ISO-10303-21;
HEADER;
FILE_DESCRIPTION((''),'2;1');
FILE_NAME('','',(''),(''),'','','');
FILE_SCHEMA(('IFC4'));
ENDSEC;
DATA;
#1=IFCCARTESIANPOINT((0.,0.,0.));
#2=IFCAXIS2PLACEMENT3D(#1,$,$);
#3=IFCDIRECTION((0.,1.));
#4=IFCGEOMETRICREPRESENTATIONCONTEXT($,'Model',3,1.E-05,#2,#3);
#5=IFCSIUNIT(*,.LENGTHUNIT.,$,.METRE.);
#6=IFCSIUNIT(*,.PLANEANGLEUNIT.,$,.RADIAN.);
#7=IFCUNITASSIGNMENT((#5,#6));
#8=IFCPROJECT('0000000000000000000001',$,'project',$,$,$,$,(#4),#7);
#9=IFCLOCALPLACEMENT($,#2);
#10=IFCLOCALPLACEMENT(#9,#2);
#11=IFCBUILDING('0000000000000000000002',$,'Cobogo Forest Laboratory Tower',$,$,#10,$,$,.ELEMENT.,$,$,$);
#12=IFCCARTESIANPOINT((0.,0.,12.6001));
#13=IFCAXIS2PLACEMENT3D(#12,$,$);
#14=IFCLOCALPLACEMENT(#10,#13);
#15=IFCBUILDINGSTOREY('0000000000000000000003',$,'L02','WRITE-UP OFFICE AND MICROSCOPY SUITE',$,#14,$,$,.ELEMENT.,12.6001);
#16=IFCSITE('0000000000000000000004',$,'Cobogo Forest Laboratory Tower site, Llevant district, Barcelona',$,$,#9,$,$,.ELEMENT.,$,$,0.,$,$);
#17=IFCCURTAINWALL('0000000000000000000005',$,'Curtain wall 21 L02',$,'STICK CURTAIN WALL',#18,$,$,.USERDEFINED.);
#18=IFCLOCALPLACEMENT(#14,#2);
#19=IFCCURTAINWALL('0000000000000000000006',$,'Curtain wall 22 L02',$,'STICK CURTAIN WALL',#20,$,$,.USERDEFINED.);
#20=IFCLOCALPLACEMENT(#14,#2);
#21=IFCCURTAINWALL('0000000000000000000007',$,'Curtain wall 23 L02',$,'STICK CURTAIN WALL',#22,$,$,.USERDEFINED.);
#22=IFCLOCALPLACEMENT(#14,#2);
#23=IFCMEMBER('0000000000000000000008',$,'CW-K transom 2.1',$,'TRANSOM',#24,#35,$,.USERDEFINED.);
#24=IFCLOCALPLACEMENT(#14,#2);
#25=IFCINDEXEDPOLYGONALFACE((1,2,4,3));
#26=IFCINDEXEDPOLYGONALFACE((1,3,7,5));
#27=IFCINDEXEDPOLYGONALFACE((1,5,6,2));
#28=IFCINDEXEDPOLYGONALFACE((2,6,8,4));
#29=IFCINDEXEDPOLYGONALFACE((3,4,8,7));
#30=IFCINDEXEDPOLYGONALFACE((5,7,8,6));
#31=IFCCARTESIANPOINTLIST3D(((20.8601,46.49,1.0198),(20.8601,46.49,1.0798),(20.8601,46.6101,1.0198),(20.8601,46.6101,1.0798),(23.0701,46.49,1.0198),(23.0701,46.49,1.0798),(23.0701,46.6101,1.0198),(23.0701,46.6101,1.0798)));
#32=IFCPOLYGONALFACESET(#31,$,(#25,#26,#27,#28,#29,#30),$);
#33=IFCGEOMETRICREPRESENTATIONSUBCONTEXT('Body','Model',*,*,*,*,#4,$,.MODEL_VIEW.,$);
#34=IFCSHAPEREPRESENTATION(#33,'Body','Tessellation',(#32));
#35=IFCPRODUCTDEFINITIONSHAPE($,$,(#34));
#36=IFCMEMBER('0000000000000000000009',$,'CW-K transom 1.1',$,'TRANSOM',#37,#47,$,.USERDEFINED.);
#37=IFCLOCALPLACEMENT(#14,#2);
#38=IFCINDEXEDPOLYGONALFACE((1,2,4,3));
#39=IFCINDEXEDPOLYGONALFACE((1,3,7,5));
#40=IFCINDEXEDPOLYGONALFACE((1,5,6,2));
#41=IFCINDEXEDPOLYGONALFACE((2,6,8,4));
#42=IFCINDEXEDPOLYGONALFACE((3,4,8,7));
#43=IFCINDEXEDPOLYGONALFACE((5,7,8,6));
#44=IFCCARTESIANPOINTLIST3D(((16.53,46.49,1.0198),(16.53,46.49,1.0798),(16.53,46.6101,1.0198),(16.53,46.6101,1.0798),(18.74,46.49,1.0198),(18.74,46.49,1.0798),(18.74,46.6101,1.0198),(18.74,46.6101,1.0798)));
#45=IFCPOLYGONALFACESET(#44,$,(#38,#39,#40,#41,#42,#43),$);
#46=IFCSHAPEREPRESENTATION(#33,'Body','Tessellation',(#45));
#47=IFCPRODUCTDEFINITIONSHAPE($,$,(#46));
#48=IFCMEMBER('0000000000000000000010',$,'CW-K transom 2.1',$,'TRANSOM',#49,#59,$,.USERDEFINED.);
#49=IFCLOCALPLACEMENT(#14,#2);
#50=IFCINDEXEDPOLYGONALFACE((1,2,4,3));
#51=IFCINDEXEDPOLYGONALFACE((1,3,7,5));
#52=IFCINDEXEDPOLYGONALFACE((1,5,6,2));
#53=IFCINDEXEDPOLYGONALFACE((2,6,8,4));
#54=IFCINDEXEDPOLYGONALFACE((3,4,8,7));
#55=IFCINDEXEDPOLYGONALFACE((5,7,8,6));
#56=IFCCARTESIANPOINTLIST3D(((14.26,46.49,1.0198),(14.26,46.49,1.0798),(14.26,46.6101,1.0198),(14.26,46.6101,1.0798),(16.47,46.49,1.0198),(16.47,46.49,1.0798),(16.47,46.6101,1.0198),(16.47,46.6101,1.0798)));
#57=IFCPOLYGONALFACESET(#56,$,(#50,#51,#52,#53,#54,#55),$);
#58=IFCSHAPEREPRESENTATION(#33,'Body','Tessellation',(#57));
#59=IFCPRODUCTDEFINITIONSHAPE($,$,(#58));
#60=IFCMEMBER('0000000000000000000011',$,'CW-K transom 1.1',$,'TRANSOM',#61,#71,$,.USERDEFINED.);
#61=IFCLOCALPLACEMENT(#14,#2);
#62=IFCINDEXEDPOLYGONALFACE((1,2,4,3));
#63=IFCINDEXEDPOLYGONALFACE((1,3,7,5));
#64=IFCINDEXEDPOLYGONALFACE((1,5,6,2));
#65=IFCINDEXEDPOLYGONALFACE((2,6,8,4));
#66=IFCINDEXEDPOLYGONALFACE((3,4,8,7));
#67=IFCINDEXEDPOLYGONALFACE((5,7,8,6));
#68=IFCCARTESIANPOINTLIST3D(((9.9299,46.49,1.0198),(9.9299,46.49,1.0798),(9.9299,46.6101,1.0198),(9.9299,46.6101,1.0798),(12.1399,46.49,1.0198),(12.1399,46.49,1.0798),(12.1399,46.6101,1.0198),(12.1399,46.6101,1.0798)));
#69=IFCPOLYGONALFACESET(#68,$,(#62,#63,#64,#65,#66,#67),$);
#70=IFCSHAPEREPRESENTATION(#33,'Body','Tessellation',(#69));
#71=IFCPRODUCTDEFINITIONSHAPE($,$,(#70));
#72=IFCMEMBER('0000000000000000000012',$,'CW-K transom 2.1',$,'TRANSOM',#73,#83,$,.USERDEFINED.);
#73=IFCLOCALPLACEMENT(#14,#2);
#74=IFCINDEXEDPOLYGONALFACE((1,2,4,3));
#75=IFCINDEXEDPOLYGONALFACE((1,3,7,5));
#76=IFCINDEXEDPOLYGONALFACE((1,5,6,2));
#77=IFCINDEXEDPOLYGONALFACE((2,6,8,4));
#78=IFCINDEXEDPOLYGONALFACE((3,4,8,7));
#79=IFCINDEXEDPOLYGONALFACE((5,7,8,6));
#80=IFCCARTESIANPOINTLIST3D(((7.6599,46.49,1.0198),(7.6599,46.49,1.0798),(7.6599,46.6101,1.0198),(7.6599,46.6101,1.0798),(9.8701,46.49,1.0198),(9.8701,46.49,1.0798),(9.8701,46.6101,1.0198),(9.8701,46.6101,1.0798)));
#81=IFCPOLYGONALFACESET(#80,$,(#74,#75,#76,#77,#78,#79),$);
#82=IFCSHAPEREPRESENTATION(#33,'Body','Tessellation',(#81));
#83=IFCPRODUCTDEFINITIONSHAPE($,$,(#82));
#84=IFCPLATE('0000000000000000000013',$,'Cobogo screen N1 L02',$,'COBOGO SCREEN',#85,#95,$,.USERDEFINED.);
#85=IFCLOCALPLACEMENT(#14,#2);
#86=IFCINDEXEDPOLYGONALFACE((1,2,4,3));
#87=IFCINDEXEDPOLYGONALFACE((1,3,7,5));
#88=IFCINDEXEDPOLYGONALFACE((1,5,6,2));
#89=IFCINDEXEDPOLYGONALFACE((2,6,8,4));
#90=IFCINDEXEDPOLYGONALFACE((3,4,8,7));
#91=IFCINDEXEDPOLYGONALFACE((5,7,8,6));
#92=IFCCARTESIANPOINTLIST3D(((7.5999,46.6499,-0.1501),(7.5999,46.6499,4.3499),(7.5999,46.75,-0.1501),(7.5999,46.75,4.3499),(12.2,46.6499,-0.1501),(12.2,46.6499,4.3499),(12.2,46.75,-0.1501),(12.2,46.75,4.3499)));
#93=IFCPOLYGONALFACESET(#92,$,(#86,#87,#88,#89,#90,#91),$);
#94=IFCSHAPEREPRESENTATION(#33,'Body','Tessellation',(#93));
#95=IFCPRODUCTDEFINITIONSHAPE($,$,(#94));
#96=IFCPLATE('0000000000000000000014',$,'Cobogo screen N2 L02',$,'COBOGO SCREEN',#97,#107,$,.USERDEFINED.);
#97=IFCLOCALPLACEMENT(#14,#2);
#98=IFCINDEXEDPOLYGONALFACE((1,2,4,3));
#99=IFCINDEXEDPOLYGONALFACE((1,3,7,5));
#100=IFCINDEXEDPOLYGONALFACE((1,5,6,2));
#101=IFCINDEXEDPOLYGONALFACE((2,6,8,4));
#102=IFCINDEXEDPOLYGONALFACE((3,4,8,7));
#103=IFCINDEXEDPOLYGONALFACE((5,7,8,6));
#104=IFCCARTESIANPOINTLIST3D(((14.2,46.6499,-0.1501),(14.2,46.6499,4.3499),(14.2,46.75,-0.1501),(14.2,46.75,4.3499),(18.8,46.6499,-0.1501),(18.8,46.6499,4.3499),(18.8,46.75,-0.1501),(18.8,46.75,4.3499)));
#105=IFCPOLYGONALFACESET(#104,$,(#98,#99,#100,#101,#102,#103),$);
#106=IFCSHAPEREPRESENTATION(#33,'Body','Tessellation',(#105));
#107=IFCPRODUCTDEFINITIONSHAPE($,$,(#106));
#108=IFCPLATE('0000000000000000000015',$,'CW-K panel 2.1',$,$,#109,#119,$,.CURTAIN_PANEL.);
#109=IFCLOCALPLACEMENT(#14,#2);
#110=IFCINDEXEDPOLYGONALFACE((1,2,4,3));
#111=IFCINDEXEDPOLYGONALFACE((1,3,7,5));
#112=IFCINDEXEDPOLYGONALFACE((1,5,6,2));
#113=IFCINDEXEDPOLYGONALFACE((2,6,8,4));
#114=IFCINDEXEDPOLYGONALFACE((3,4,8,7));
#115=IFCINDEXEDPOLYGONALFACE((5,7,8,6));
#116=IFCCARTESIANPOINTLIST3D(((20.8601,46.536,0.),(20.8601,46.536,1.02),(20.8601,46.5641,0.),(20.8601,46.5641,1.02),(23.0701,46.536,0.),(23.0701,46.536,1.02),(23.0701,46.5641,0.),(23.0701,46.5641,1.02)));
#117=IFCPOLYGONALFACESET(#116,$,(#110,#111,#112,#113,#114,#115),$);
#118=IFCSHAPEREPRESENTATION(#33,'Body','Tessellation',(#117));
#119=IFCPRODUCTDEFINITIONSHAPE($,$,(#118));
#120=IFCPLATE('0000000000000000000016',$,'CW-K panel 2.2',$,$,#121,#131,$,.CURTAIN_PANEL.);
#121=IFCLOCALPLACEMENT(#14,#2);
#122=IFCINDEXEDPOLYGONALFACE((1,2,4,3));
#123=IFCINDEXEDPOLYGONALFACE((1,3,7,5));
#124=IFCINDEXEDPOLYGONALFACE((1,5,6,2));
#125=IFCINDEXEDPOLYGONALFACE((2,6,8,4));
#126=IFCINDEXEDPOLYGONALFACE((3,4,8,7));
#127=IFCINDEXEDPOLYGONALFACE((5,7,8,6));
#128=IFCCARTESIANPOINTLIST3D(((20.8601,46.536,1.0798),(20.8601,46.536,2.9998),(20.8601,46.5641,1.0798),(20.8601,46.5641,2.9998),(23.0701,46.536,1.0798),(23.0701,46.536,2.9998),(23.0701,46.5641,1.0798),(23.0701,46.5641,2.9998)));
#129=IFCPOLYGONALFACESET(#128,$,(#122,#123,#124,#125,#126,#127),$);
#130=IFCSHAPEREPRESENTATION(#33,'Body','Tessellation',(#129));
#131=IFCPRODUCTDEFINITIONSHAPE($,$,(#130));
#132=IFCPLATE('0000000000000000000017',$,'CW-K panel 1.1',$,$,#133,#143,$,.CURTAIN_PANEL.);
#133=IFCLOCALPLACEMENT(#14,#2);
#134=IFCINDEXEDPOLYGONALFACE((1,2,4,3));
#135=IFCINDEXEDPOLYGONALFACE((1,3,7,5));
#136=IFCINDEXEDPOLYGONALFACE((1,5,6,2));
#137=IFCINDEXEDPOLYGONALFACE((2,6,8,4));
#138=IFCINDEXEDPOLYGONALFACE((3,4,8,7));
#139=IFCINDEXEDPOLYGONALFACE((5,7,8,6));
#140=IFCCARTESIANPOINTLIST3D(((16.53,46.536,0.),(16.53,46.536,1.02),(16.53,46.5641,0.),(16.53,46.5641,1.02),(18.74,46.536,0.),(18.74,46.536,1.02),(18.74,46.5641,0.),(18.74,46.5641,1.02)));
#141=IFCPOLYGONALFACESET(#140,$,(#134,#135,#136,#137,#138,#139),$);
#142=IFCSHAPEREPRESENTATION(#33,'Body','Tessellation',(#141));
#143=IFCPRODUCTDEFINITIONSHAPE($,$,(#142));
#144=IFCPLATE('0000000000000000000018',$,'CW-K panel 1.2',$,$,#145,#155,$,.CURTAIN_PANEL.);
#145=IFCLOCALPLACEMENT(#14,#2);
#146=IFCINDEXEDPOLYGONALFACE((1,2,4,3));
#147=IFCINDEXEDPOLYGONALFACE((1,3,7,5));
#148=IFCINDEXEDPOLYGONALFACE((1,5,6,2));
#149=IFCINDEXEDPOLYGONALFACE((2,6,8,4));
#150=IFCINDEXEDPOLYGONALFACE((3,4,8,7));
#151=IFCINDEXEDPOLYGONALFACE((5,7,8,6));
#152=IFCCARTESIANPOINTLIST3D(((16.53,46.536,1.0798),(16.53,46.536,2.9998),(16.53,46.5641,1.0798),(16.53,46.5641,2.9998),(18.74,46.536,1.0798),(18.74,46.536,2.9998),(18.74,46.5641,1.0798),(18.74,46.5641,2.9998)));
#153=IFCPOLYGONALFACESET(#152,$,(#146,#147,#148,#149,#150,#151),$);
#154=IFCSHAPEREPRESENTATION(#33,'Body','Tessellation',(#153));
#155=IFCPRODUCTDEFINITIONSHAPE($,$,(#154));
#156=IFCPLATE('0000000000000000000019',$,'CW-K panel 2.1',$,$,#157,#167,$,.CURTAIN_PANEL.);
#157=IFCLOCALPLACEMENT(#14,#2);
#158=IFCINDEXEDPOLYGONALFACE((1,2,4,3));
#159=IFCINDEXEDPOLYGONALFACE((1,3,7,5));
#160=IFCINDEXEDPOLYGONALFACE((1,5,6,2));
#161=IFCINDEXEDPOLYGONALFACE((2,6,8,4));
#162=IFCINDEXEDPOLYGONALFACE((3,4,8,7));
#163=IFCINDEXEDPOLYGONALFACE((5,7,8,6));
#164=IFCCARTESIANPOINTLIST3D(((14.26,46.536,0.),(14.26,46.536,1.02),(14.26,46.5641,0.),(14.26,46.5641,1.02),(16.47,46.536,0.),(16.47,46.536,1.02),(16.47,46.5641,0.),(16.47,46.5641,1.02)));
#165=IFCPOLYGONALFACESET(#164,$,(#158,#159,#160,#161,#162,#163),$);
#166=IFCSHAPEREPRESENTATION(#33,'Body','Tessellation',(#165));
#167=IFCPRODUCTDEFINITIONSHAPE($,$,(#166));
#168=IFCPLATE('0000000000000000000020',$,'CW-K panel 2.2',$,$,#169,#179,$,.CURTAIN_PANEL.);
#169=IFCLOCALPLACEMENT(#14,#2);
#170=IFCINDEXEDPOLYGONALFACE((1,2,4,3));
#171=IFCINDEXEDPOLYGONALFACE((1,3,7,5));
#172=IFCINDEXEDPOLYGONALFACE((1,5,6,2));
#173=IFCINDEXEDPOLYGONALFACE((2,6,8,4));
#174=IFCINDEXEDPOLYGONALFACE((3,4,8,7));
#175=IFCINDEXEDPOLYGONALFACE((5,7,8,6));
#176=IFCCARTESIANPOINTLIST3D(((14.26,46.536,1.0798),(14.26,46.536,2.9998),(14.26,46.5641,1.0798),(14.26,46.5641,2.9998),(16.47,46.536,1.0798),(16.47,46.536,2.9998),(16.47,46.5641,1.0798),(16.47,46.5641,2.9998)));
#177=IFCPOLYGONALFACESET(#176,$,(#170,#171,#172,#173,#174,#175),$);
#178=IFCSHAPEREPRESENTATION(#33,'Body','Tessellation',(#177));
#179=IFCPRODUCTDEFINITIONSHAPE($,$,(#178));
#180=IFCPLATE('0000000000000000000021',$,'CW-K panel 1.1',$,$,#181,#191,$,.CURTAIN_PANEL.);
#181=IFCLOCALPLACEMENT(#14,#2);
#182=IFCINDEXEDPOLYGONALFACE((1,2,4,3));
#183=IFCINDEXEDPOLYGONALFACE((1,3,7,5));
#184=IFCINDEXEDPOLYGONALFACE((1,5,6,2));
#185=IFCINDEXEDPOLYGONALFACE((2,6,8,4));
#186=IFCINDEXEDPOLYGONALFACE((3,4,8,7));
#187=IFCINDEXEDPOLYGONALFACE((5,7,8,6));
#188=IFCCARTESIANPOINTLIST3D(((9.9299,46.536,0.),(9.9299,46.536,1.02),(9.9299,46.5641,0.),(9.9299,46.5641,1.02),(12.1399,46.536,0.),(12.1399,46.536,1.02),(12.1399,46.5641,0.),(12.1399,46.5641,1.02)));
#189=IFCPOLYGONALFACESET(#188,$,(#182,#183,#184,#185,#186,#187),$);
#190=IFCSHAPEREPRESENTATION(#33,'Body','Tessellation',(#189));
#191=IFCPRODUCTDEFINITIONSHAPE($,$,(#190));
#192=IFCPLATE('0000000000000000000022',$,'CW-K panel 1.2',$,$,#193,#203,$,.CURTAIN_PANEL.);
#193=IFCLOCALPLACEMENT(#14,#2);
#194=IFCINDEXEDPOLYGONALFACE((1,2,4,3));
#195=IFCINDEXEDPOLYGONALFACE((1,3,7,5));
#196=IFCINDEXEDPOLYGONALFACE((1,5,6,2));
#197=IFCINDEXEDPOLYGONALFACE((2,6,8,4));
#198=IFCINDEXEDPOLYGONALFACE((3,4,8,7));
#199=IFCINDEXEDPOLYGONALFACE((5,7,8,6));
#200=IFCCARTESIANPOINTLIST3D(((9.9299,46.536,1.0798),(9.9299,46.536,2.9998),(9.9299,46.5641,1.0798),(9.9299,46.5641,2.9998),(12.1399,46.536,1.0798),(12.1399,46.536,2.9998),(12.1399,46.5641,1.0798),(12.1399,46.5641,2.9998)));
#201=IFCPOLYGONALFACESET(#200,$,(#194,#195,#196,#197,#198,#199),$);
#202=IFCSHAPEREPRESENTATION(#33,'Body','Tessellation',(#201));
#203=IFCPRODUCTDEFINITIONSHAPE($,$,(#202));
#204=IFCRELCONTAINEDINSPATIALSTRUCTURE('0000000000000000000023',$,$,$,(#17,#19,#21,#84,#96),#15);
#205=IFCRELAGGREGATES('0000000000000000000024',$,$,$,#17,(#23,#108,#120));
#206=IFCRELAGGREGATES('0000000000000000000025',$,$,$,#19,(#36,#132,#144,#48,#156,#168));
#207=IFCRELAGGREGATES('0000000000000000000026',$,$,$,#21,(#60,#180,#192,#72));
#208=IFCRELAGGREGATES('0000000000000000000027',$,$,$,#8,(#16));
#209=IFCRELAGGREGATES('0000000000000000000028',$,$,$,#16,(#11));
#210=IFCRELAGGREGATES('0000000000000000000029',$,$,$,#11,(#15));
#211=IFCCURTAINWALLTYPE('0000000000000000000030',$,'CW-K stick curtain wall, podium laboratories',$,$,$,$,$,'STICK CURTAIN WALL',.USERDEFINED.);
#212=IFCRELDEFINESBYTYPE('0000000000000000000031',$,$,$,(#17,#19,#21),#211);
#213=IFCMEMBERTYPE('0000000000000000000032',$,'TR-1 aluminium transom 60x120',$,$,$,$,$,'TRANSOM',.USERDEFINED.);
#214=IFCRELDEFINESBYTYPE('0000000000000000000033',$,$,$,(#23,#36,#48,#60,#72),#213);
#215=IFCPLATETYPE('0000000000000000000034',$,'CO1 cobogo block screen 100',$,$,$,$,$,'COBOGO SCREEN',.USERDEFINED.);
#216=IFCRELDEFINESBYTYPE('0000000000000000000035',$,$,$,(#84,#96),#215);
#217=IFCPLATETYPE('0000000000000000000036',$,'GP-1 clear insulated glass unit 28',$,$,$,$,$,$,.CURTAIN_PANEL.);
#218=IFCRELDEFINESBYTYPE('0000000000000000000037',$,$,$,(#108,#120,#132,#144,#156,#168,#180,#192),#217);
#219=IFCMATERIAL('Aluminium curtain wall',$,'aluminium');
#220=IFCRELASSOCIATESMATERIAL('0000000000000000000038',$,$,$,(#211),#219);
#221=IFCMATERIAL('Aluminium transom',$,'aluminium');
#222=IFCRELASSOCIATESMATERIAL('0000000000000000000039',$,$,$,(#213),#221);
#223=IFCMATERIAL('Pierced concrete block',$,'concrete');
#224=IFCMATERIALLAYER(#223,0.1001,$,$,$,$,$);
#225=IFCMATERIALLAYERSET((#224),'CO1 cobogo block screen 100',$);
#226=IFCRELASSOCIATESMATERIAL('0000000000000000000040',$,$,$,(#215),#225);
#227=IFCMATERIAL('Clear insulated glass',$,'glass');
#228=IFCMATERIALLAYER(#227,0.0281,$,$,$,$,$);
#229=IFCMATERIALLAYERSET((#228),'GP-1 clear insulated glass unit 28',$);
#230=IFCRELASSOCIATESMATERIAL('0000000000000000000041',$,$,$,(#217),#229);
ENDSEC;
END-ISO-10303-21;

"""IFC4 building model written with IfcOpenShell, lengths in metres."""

from ifc_helpers import new_model, si_unit, direction, frame, origin, origin_2d, place, context, subcontext, project, spatial, rectangle, extrude, material, layer, layer_set, material_profile, profile_set, type_object, element, aggregate, save


model = new_model("IFC4")

# Units and contexts
model_context = context("Model", 3, precision=1e-05, world=origin(), true_north=direction((0.0, 1.0)))
body_context = subcontext(model_context, "Body", "Model", "MODEL_VIEW")
ifc_project = project(units=[si_unit("LENGTHUNIT", "METRE"), si_unit("PLANEANGLEUNIT", "RADIAN")], contexts=[model_context])

# Site, building, storey
site_placement = place(None, origin())
site = spatial("IfcSite", under=ifc_project, at=site_placement, Name="Cobogo Forest Laboratory Tower site, Llevant district, Barcelona", CompositionType="ELEMENT", RefElevation=0.0)
building_placement = place(site_placement, origin())
building = spatial("IfcBuilding", under=site, at=building_placement, Name="Cobogo Forest Laboratory Tower", CompositionType="ELEMENT")
storey_placement = place(building_placement, frame((0.0, 0.0, 12.6001)))
storey = spatial("IfcBuildingStorey", under=building, at=storey_placement, Name="L02", Description="WRITE-UP OFFICE AND MICROSCOPY SUITE", CompositionType="ELEMENT", Elevation=12.6001)

# Curtain walls
ifc_material_1 = material(Name="Aluminium curtain wall", Category="aluminium")
curtain_wall_type = type_object("IfcCurtainWallType", Name="CW-K stick curtain wall, podium laboratories", ElementType="STICK CURTAIN WALL", PredefinedType="USERDEFINED", material=ifc_material_1)
curtain_wall_1_placement = place(storey_placement, origin())
curtain_wall_1 = element("IfcCurtainWall", 1, at=curtain_wall_1_placement, inside=storey, type_object=curtain_wall_type, Name="Curtain wall 21 L02", ObjectType="STICK CURTAIN WALL", PredefinedType="USERDEFINED")
curtain_wall_2_placement = place(storey_placement, origin())
curtain_wall_2 = element("IfcCurtainWall", 2, at=curtain_wall_2_placement, inside=storey, type_object=curtain_wall_type, Name="Curtain wall 22 L02", ObjectType="STICK CURTAIN WALL", PredefinedType="USERDEFINED")
curtain_wall_3_placement = place(storey_placement, origin())
curtain_wall_3 = element("IfcCurtainWall", 3, at=curtain_wall_3_placement, inside=storey, type_object=curtain_wall_type, Name="Curtain wall 23 L02", ObjectType="STICK CURTAIN WALL", PredefinedType="USERDEFINED")

# Members
ifc_material_2 = material(Name="Aluminium transom", Category="aluminium")
ifc_material_profile_1 = material_profile(ifc_material_2, rectangle(XDim=0.1201, YDim=0.0601, at=origin_2d()), Name="AL 60x120")
ifc_profile_set_1 = profile_set([ifc_material_profile_1], Name="Aluminium transom")
member_type_1 = type_object("IfcMemberType", Name="TR-1 aluminium transom 60x120", ElementType="TRANSOM", PredefinedType="USERDEFINED", material=ifc_profile_set_1)
member_1_placement = place(storey_placement, frame((23.0701, 46.55, 1.0498), z_axis=(-1.0, 0.0, 0.0), x_axis=(0.0, -1.0, 0.0)))
member_1 = element("IfcMember", 4, at=member_1_placement, type_object=member_type_1, Name="CW-K transom 2.1", ObjectType="TRANSOM", PredefinedType="USERDEFINED", context=body_context, shape_type="SweptSolid", body=[
    extrude(rectangle(XDim=0.1201, YDim=0.0601, at=origin_2d()), origin(), (0.0, 0.0, 1.0), 2.21),
])
member_2_placement = place(storey_placement, frame((18.74, 46.55, 1.0498), z_axis=(-1.0, 0.0, 0.0), x_axis=(0.0, -1.0, 0.0)))
member_2 = element("IfcMember", 5, at=member_2_placement, type_object=member_type_1, Name="CW-K transom 1.1", ObjectType="TRANSOM", PredefinedType="USERDEFINED", context=body_context, shape_type="SweptSolid", body=[
    extrude(rectangle(XDim=0.1201, YDim=0.0601, at=origin_2d()), origin(), (0.0, 0.0, 1.0), 2.21),
])
member_3_placement = place(storey_placement, frame((16.47, 46.55, 1.0498), z_axis=(-1.0, 0.0, 0.0), x_axis=(0.0, -1.0, 0.0)))
member_3 = element("IfcMember", 6, at=member_3_placement, type_object=member_type_1, Name="CW-K transom 2.1", ObjectType="TRANSOM", PredefinedType="USERDEFINED", context=body_context, shape_type="SweptSolid", body=[
    extrude(rectangle(XDim=0.1201, YDim=0.0601, at=origin_2d()), origin(), (0.0, 0.0, 1.0), 2.21),
])
member_4_placement = place(storey_placement, frame((12.1399, 46.55, 1.0498), z_axis=(-1.0, 0.0, 0.0), x_axis=(0.0, -1.0, 0.0)))
member_4 = element("IfcMember", 7, at=member_4_placement, type_object=member_type_1, Name="CW-K transom 1.1", ObjectType="TRANSOM", PredefinedType="USERDEFINED", context=body_context, shape_type="SweptSolid", body=[
    extrude(rectangle(XDim=0.1201, YDim=0.0601, at=origin_2d()), origin(), (0.0, 0.0, 1.0), 2.21),
])
member_5_placement = place(storey_placement, frame((9.8701, 46.55, 1.0498), z_axis=(-1.0, 0.0, 0.0), x_axis=(0.0, -1.0, 0.0)))
member_5 = element("IfcMember", 8, at=member_5_placement, type_object=member_type_1, Name="CW-K transom 2.1", ObjectType="TRANSOM", PredefinedType="USERDEFINED", context=body_context, shape_type="SweptSolid", body=[
    extrude(rectangle(XDim=0.1201, YDim=0.0601, at=origin_2d()), origin(), (0.0, 0.0, 1.0), 2.2102),
])

# Plates
ifc_material_3 = material(Name="Pierced concrete block", Category="concrete")
ifc_layer_1 = layer(ifc_material_3, 0.1001)
ifc_layer_set_1 = layer_set([ifc_layer_1], Name="CO1 cobogo block screen 100")
plate_type_1 = type_object("IfcPlateType", Name="CO1 cobogo block screen 100", ElementType="COBOGO SCREEN", PredefinedType="USERDEFINED", material=ifc_layer_set_1)
for number, where, z_axis, x_axis, name in (
    (9, (9.8999, 46.7, -0.1501), (0.0, 0.0, 1.0), (1.0, 0.0, 0.0), "Cobogo screen N1 L02"),
    (10, (16.5, 46.7, -0.1501), (0.0, 0.0, 1.0), (1.0, 0.0, 0.0), "Cobogo screen N2 L02"),
):
    element("IfcPlate", number, at=place(storey_placement, frame(where, z_axis=z_axis, x_axis=x_axis)), inside=storey, type_object=plate_type_1, Name=name, ObjectType="COBOGO SCREEN", PredefinedType="USERDEFINED", context=body_context, shape_type="SweptSolid", body=[
        extrude(rectangle(XDim=4.6001, YDim=0.1001, at=origin_2d()), origin(), (0.0, 0.0, 1.0), 4.5),
    ])

# Plates
ifc_material_4 = material(Name="Clear insulated glass", Category="glass")
ifc_layer_2 = layer(ifc_material_4, 0.0281)
ifc_layer_set_2 = layer_set([ifc_layer_2], Name="GP-1 clear insulated glass unit 28")
plate_type_2 = type_object("IfcPlateType", Name="GP-1 clear insulated glass unit 28", PredefinedType="CURTAIN_PANEL", material=ifc_layer_set_2)
plate_1_placement = place(storey_placement, frame((21.9651, 46.55, 0.0), z_axis=(0.0, 0.0, 1.0), x_axis=(-1.0, 0.0, 0.0)))
plate_1 = element("IfcPlate", 11, at=plate_1_placement, type_object=plate_type_2, Name="CW-K panel 2.1", PredefinedType="CURTAIN_PANEL", context=body_context, shape_type="SweptSolid", body=[
    extrude(rectangle(XDim=2.21, YDim=0.0281, at=origin_2d()), origin(), (0.0, 0.0, 1.0), 1.02),
])
plate_2_placement = place(storey_placement, frame((21.9651, 46.55, 1.0798), z_axis=(0.0, 0.0, 1.0), x_axis=(-1.0, 0.0, 0.0)))
plate_2 = element("IfcPlate", 12, at=plate_2_placement, type_object=plate_type_2, Name="CW-K panel 2.2", PredefinedType="CURTAIN_PANEL", context=body_context, shape_type="SweptSolid", body=[
    extrude(rectangle(XDim=2.21, YDim=0.0281, at=origin_2d()), origin(), (0.0, 0.0, 1.0), 1.9199),
])
aggregate(curtain_wall_1, [member_1, plate_1, plate_2])
plate_3_placement = place(storey_placement, frame((17.635, 46.55, 0.0), z_axis=(0.0, 0.0, 1.0), x_axis=(-1.0, 0.0, 0.0)))
plate_3 = element("IfcPlate", 13, at=plate_3_placement, type_object=plate_type_2, Name="CW-K panel 1.1", PredefinedType="CURTAIN_PANEL", context=body_context, shape_type="SweptSolid", body=[
    extrude(rectangle(XDim=2.21, YDim=0.0281, at=origin_2d()), origin(), (0.0, 0.0, 1.0), 1.02),
])
plate_4_placement = place(storey_placement, frame((17.635, 46.55, 1.0798), z_axis=(0.0, 0.0, 1.0), x_axis=(-1.0, 0.0, 0.0)))
plate_4 = element("IfcPlate", 14, at=plate_4_placement, type_object=plate_type_2, Name="CW-K panel 1.2", PredefinedType="CURTAIN_PANEL", context=body_context, shape_type="SweptSolid", body=[
    extrude(rectangle(XDim=2.21, YDim=0.0281, at=origin_2d()), origin(), (0.0, 0.0, 1.0), 1.9199),
])
plate_5_placement = place(storey_placement, frame((15.365, 46.55, 0.0), z_axis=(0.0, 0.0, 1.0), x_axis=(-1.0, 0.0, 0.0)))
plate_5 = element("IfcPlate", 15, at=plate_5_placement, type_object=plate_type_2, Name="CW-K panel 2.1", PredefinedType="CURTAIN_PANEL", context=body_context, shape_type="SweptSolid", body=[
    extrude(rectangle(XDim=2.21, YDim=0.0281, at=origin_2d()), origin(), (0.0, 0.0, 1.0), 1.02),
])
plate_6_placement = place(storey_placement, frame((15.365, 46.55, 1.0798), z_axis=(0.0, 0.0, 1.0), x_axis=(-1.0, 0.0, 0.0)))
plate_6 = element("IfcPlate", 16, at=plate_6_placement, type_object=plate_type_2, Name="CW-K panel 2.2", PredefinedType="CURTAIN_PANEL", context=body_context, shape_type="SweptSolid", body=[
    extrude(rectangle(XDim=2.21, YDim=0.0281, at=origin_2d()), origin(), (0.0, 0.0, 1.0), 1.9199),
])
aggregate(curtain_wall_2, [member_2, plate_3, plate_4, member_3, plate_5, plate_6])
plate_7_placement = place(storey_placement, frame((11.0349, 46.55, 0.0), z_axis=(0.0, 0.0, 1.0), x_axis=(-1.0, 0.0, 0.0)))
plate_7 = element("IfcPlate", 17, at=plate_7_placement, type_object=plate_type_2, Name="CW-K panel 1.1", PredefinedType="CURTAIN_PANEL", context=body_context, shape_type="SweptSolid", body=[
    extrude(rectangle(XDim=2.21, YDim=0.0281, at=origin_2d()), origin(), (0.0, 0.0, 1.0), 1.02),
])
plate_8_placement = place(storey_placement, frame((11.0349, 46.55, 1.0798), z_axis=(0.0, 0.0, 1.0), x_axis=(-1.0, 0.0, 0.0)))
plate_8 = element("IfcPlate", 18, at=plate_8_placement, type_object=plate_type_2, Name="CW-K panel 1.2", PredefinedType="CURTAIN_PANEL", context=body_context, shape_type="SweptSolid", body=[
    extrude(rectangle(XDim=2.21, YDim=0.0281, at=origin_2d()), origin(), (0.0, 0.0, 1.0), 1.9199),
])
aggregate(curtain_wall_3, [member_4, plate_7, plate_8, member_5])

save(model, "model.ifc")
